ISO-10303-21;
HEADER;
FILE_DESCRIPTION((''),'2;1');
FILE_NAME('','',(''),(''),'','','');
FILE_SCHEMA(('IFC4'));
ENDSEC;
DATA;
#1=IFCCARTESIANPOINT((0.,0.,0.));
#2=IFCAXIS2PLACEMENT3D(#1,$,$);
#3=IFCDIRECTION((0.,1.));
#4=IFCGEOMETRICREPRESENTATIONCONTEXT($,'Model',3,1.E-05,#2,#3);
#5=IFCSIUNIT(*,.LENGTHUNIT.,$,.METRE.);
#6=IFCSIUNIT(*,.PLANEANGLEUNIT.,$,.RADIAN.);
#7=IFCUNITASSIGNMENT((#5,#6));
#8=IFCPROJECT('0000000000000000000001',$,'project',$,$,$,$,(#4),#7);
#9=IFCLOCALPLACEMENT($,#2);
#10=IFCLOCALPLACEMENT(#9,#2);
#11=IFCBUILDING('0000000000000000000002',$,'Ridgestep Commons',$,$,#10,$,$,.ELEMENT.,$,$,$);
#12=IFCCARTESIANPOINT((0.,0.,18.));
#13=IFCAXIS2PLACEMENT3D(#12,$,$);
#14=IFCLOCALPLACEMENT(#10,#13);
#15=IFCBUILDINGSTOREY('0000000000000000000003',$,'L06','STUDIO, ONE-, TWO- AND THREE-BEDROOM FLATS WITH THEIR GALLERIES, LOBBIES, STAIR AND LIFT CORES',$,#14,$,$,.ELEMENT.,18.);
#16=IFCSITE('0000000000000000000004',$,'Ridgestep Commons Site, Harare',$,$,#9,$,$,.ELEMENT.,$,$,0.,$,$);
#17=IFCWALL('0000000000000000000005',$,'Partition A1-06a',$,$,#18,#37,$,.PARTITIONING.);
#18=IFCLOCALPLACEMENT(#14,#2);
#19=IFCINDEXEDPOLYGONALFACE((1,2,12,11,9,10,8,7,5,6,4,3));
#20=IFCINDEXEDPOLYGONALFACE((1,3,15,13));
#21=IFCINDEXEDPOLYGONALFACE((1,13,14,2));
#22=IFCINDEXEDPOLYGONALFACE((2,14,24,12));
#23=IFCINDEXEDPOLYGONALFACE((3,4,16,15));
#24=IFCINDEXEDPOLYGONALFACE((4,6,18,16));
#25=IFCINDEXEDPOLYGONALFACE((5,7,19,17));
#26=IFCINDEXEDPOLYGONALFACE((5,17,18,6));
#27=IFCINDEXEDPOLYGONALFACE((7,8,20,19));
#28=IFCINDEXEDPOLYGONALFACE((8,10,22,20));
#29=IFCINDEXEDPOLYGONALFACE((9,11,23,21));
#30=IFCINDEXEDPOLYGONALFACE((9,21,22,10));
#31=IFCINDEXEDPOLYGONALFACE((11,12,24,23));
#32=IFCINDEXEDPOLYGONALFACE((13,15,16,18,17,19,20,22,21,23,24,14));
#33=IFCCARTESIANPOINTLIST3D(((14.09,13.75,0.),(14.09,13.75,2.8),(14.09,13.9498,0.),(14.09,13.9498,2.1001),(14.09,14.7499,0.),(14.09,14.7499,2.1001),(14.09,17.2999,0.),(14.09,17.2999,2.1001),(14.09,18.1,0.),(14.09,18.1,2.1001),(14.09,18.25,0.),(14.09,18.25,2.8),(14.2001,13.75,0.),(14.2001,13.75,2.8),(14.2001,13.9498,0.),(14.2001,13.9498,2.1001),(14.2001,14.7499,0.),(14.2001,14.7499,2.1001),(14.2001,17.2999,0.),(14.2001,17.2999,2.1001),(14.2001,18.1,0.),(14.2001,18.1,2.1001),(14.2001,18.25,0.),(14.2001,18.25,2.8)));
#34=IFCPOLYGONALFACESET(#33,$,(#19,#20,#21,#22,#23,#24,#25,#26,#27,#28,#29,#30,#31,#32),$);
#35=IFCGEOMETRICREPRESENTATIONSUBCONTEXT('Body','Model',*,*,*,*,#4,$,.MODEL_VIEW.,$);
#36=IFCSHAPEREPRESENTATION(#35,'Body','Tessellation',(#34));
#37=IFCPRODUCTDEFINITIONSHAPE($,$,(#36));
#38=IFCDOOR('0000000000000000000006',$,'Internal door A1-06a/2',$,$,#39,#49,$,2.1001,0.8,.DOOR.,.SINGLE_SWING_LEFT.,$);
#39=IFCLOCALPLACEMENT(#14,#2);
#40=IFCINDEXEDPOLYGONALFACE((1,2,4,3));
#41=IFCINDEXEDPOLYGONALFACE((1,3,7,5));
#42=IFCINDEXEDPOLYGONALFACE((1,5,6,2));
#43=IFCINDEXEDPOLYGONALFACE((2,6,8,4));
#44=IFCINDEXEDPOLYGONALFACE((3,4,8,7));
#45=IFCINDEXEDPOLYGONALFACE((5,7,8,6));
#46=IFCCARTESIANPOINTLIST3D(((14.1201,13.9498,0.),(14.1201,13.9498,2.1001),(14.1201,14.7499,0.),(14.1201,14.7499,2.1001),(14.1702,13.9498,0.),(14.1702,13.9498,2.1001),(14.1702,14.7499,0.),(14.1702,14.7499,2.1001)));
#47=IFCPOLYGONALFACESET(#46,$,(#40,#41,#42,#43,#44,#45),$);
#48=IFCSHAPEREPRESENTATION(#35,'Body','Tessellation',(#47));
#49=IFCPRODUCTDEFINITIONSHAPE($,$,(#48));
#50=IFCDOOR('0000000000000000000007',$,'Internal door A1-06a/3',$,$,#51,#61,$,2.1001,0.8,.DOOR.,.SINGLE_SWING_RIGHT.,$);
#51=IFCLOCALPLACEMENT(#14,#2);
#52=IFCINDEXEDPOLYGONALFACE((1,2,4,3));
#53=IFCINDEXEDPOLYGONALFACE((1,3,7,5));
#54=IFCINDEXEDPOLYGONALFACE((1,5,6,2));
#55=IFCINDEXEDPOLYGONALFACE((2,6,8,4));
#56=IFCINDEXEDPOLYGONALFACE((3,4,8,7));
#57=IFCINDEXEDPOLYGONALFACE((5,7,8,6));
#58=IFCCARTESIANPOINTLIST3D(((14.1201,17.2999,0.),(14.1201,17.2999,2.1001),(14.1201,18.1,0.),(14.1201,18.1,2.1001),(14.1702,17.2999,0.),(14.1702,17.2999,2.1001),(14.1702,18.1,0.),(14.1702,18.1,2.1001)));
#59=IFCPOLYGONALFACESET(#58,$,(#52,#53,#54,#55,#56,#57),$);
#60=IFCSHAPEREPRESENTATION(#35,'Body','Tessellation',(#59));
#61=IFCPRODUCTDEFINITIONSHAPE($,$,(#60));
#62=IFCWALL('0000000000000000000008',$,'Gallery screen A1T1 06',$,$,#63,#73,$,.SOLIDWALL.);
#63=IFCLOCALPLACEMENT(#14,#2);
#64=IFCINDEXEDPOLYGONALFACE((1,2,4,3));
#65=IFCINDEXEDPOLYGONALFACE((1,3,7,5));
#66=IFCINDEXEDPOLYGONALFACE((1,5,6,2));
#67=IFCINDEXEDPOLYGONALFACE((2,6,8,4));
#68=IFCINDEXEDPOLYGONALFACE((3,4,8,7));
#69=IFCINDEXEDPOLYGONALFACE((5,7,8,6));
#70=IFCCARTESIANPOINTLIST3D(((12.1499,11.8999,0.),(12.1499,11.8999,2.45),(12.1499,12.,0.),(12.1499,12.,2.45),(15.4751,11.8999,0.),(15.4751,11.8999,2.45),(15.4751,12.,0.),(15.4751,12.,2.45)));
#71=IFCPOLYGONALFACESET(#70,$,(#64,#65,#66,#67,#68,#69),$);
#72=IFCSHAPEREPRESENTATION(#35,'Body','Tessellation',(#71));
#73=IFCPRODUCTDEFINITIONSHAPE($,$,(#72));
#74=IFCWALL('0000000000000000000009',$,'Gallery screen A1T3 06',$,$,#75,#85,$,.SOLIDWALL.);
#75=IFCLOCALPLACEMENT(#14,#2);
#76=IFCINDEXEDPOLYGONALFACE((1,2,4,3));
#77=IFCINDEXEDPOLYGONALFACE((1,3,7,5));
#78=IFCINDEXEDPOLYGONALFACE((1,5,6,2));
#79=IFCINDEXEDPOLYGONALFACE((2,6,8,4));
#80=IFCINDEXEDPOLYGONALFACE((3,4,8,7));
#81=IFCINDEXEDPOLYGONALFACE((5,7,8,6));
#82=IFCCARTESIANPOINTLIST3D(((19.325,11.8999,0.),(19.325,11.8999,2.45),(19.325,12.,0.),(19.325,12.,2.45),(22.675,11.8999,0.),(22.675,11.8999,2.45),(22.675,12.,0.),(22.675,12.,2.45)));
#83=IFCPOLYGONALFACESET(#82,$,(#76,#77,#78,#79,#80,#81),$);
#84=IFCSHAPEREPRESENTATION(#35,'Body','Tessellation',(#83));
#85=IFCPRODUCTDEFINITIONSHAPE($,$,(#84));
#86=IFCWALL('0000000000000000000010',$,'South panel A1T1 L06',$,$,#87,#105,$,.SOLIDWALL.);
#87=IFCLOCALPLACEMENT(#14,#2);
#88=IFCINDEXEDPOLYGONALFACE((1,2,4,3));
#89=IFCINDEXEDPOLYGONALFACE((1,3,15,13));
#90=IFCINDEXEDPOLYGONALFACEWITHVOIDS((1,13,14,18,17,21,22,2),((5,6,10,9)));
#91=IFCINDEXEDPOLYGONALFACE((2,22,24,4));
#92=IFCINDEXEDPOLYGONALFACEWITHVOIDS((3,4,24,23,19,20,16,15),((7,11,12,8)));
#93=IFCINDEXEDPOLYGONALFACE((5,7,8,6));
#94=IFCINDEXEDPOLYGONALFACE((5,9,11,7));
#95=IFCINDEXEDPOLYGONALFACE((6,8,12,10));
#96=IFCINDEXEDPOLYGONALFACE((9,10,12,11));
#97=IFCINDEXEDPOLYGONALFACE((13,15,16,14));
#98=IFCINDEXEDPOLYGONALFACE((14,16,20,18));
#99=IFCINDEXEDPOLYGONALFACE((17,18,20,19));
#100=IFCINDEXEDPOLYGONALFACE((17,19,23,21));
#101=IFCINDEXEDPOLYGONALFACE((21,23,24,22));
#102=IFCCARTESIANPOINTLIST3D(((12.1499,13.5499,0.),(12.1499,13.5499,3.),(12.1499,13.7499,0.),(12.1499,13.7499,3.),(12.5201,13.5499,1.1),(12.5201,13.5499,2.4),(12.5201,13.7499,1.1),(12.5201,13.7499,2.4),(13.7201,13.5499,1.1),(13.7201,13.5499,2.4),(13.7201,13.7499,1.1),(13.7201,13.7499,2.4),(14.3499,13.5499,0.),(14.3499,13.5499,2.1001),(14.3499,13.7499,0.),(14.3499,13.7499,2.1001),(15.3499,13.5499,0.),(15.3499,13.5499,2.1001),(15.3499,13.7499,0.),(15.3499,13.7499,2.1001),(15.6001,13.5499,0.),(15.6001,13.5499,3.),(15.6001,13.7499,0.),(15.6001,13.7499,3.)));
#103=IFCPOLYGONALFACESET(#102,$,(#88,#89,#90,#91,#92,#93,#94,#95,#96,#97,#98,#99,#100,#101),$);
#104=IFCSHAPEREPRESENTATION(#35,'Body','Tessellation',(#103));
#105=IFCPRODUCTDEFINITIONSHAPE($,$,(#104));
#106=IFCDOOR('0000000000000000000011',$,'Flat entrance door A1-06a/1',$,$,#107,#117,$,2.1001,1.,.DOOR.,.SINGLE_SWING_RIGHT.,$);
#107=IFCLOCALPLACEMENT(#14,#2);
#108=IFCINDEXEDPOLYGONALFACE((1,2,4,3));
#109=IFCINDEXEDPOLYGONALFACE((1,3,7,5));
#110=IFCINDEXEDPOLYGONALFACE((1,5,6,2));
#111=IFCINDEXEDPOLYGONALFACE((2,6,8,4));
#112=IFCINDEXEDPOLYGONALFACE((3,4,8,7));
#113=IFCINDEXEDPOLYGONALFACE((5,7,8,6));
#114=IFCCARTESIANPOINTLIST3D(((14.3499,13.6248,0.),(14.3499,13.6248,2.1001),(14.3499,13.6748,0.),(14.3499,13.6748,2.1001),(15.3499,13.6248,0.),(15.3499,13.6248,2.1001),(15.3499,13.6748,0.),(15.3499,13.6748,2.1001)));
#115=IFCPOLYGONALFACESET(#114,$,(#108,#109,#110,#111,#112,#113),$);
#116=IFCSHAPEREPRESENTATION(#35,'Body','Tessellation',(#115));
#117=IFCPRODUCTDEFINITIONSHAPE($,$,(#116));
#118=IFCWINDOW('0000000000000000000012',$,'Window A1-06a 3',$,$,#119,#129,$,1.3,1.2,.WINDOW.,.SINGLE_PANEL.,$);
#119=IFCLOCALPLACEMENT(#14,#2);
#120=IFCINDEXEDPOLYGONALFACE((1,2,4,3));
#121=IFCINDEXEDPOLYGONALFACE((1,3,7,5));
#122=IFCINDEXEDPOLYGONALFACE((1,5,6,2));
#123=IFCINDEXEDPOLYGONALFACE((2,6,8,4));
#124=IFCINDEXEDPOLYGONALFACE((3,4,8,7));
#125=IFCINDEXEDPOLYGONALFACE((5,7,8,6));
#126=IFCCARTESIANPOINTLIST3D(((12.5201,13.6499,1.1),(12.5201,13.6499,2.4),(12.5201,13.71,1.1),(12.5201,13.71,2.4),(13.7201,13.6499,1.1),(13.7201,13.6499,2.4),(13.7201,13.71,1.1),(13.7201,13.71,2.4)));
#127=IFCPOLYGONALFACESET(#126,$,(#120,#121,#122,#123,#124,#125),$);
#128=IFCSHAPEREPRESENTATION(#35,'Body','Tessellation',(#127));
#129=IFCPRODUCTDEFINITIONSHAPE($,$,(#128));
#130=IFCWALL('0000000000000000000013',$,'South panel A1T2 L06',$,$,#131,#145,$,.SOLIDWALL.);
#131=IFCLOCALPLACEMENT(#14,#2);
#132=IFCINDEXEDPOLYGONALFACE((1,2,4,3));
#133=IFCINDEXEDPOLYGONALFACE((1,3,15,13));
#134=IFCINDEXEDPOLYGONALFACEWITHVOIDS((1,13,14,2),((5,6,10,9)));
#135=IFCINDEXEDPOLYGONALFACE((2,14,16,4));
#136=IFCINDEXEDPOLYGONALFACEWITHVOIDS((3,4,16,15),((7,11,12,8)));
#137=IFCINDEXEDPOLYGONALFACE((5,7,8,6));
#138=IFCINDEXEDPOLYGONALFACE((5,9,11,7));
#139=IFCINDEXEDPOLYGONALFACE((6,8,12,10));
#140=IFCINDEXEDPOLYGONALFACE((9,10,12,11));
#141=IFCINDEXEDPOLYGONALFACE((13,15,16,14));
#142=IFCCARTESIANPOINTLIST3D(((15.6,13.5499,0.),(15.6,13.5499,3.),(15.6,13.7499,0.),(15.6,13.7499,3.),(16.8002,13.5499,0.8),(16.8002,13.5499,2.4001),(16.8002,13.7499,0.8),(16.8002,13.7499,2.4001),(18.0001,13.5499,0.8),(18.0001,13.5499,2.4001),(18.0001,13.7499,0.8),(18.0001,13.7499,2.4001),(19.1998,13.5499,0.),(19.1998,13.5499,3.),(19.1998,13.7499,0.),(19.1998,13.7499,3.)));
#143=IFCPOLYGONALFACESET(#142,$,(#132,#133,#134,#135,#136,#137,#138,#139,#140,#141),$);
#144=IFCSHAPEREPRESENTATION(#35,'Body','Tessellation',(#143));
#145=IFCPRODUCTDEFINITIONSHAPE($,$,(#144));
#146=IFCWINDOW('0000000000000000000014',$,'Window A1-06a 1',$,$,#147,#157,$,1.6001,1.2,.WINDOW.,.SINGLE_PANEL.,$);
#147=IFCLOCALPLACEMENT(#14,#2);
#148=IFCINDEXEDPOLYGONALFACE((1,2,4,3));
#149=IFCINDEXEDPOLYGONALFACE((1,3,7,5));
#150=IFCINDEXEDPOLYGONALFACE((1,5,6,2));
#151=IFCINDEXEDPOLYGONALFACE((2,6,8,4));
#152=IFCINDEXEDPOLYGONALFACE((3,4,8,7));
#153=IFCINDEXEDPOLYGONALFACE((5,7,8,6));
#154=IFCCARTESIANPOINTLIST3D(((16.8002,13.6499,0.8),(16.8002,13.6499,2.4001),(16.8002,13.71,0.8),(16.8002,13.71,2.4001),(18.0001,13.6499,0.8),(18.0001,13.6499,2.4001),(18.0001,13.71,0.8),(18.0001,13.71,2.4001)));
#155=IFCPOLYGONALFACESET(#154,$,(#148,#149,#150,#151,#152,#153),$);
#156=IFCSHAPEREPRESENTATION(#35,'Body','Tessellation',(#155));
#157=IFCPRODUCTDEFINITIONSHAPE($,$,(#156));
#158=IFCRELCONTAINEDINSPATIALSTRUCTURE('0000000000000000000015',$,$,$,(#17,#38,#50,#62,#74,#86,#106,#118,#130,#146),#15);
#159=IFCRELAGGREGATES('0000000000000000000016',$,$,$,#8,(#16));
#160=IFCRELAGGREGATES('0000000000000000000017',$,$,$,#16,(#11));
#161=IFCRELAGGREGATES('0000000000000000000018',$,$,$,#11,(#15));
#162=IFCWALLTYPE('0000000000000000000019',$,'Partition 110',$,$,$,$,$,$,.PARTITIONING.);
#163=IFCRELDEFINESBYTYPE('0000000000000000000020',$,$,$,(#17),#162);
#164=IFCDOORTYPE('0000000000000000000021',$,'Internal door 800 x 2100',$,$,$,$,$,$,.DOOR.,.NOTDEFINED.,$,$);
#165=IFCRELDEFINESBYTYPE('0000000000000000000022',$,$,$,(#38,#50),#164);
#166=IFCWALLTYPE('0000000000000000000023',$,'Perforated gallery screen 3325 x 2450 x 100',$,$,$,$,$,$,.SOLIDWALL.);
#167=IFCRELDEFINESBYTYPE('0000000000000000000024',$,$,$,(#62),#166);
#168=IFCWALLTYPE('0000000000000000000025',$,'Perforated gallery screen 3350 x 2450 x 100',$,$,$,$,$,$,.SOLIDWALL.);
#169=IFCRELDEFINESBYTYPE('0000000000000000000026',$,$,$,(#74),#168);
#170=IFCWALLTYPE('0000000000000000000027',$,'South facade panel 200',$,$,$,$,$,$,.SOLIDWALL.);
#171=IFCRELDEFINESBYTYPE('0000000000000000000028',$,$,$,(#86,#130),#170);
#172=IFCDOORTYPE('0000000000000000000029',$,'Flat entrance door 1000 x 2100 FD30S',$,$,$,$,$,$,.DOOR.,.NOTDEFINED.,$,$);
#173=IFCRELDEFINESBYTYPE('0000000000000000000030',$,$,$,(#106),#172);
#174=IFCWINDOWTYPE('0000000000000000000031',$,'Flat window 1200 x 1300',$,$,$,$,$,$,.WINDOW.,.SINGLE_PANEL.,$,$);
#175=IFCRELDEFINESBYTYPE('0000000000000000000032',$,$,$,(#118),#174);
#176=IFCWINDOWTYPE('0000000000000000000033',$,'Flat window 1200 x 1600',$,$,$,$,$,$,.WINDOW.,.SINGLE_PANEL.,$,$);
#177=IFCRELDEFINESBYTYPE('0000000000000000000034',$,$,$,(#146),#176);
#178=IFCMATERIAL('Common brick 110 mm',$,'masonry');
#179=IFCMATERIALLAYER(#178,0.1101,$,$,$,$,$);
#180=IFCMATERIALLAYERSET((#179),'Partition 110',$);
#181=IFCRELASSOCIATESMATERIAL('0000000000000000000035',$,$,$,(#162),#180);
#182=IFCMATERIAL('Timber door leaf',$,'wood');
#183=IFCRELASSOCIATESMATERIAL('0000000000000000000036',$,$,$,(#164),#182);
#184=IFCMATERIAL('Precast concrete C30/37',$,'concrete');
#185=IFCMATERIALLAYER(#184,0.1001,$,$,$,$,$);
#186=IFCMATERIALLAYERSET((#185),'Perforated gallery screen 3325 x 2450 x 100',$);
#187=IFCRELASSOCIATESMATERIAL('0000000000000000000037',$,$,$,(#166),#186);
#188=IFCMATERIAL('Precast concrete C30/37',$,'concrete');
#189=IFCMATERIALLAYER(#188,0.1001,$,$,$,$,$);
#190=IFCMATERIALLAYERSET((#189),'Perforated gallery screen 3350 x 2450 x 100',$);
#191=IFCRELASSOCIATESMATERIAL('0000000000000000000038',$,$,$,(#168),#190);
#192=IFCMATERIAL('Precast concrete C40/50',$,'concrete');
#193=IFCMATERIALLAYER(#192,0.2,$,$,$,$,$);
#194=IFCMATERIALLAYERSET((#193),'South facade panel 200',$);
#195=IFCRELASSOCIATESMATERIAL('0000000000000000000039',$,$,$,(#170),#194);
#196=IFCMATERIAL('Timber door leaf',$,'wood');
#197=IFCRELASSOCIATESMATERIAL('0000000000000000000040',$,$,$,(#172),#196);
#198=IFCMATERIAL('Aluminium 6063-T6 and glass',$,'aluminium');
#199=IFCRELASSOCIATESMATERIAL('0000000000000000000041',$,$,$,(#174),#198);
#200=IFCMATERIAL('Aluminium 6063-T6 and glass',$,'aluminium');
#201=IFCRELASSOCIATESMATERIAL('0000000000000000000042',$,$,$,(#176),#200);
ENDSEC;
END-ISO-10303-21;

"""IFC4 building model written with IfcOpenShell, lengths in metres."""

from ifc_helpers import new_model, si_unit, direction, frame, frame_2d, origin, place, context, subcontext, project, spatial, rectangle, extrude, material, layer, layer_set, type_object, element, fill, save


model = new_model("IFC4")

# Units and contexts
model_context = context("Model", 3, precision=1e-05, world=origin(), true_north=direction((0.0, 1.0)))
body_context = subcontext(model_context, "Body", "Model", "MODEL_VIEW")
ifc_project = project(units=[si_unit("LENGTHUNIT", "METRE"), si_unit("PLANEANGLEUNIT", "RADIAN")], contexts=[model_context])

# Site, building, storey
site_placement = place(None, origin())
site = spatial("IfcSite", under=ifc_project, at=site_placement, Name="Ridgestep Commons Site, Harare", CompositionType="ELEMENT", RefElevation=0.0)
building_placement = place(site_placement, origin())
building = spatial("IfcBuilding", under=site, at=building_placement, Name="Ridgestep Commons", CompositionType="ELEMENT")
storey_placement = place(building_placement, frame((0.0, 0.0, 18.0)))
storey = spatial("IfcBuildingStorey", under=building, at=storey_placement, Name="L06", Description="STUDIO, ONE-, TWO- AND THREE-BEDROOM FLATS WITH THEIR GALLERIES, LOBBIES, STAIR AND LIFT CORES", CompositionType="ELEMENT", Elevation=18.0)

# Wall, openings, doors
ifc_material_1 = material(Name="Common brick 110 mm", Category="masonry")
ifc_layer_1 = layer(ifc_material_1, 0.1101)
ifc_layer_set_1 = layer_set([ifc_layer_1], Name="Partition 110")
wall_type_1 = type_object("IfcWallType", Name="Partition 110", PredefinedType="PARTITIONING", material=ifc_layer_set_1)
wall_1_placement = place(storey_placement, frame((14.145, 13.75, 0.0), z_axis=(0.0, 0.0, 1.0), x_axis=(0.0, 1.0, 0.0)))
wall_1 = element("IfcWall", 1, at=wall_1_placement, inside=storey, type_object=wall_type_1, Name="Partition A1-06a", PredefinedType="PARTITIONING", context=body_context, shape_type="SweptSolid", body=[
    extrude(rectangle(XDim=4.5, YDim=0.1101, at=frame_2d((2.25, 0.0))), origin(), (0.0, 0.0, 1.0), 2.8),
])
opening_1_placement = place(wall_1_placement, frame((0.2, 0.0, 0.0)))
opening_1 = element("IfcOpeningElement", 2, at=opening_1_placement, cuts=wall_1, PredefinedType="OPENING", context=body_context, shape_type="SweptSolid", body=[
    extrude(rectangle(XDim=0.8, YDim=2.1001, at=frame_2d((0.3999, 1.05))), frame((0.0, 0.0649, 0.0), z_axis=(0.0, -1.0, 0.0), x_axis=(1.0, 0.0, 0.0)), (0.0, 0.0, 1.0), 0.1301),
])
opening_2_placement = place(wall_1_placement, frame((3.55, 0.0, 0.0)))
opening_2 = element("IfcOpeningElement", 3, at=opening_2_placement, cuts=wall_1, PredefinedType="OPENING", context=body_context, shape_type="SweptSolid", body=[
    extrude(rectangle(XDim=0.8, YDim=2.1001, at=frame_2d((0.3999, 1.05))), frame((0.0, 0.0649, 0.0), z_axis=(0.0, -1.0, 0.0), x_axis=(1.0, 0.0, 0.0)), (0.0, 0.0, 1.0), 0.1301),
])
ifc_material_2 = material(Name="Timber door leaf", Category="wood")
door_type_1 = type_object("IfcDoorType", Name="Internal door 800 x 2100", OperationType="NOTDEFINED", PredefinedType="DOOR", material=ifc_material_2)
door_1_placement = place(opening_1_placement, origin())
door_1 = element("IfcDoor", 4, at=door_1_placement, inside=storey, type_object=door_type_1, Name="Internal door A1-06a/2", OperationType="SINGLE_SWING_LEFT", OverallHeight=2.1001, OverallWidth=0.8, PredefinedType="DOOR", context=body_context, shape_type="SweptSolid", body=[
    extrude(rectangle(XDim=0.8, YDim=2.1001, at=frame_2d((0.3999, 1.05))), frame((0.0, 0.0249, 0.0), z_axis=(0.0, -1.0, 0.0), x_axis=(1.0, 0.0, 0.0)), (0.0, 0.0, 1.0), 0.05),
])
fill(opening_1, door_1)
door_2_placement = place(opening_2_placement, origin())
door_2 = element("IfcDoor", 5, at=door_2_placement, inside=storey, type_object=door_type_1, Name="Internal door A1-06a/3", OperationType="SINGLE_SWING_RIGHT", OverallHeight=2.1001, OverallWidth=0.8, PredefinedType="DOOR", context=body_context, shape_type="SweptSolid", body=[
    extrude(rectangle(XDim=0.8, YDim=2.1001, at=frame_2d((0.3999, 1.05))), frame((0.0, 0.0249, 0.0), z_axis=(0.0, -1.0, 0.0), x_axis=(1.0, 0.0, 0.0)), (0.0, 0.0, 1.0), 0.05),
])
fill(opening_2, door_2)

# Walls
ifc_material_3 = material(Name="Precast concrete C30/37", Category="concrete")
ifc_layer_2 = layer(ifc_material_3, 0.1001)
ifc_layer_set_2 = layer_set([ifc_layer_2], Name="Perforated gallery screen 3325 x 2450 x 100")
wall_type_2 = type_object("IfcWallType", Name="Perforated gallery screen 3325 x 2450 x 100", PredefinedType="SOLIDWALL", material=ifc_layer_set_2)
wall_2_placement = place(storey_placement, frame((12.1499, 11.95, 0.0), z_axis=(0.0, 0.0, 1.0), x_axis=(1.0, 0.0, 0.0)))
element("IfcWall", 6, at=wall_2_placement, inside=storey, type_object=wall_type_2, Name="Gallery screen A1T1 06", PredefinedType="SOLIDWALL", context=body_context, shape_type="SweptSolid", body=[
    extrude(rectangle(XDim=3.3252, YDim=0.1001, at=frame_2d((1.6626, 0.0))), origin(), (0.0, 0.0, 1.0), 2.45),
])
ifc_material_4 = material(Name="Precast concrete C30/37", Category="concrete")
ifc_layer_3 = layer(ifc_material_4, 0.1001)
ifc_layer_set_3 = layer_set([ifc_layer_3], Name="Perforated gallery screen 3350 x 2450 x 100")
wall_type_3 = type_object("IfcWallType", Name="Perforated gallery screen 3350 x 2450 x 100", PredefinedType="SOLIDWALL", material=ifc_layer_set_3)
wall_3_placement = place(storey_placement, frame((19.325, 11.95, 0.0), z_axis=(0.0, 0.0, 1.0), x_axis=(1.0, 0.0, 0.0)))
element("IfcWall", 7, at=wall_3_placement, inside=storey, type_object=wall_type_3, Name="Gallery screen A1T3 06", PredefinedType="SOLIDWALL", context=body_context, shape_type="SweptSolid", body=[
    extrude(rectangle(XDim=3.3501, YDim=0.1001, at=frame_2d((1.675, 0.0))), origin(), (0.0, 0.0, 1.0), 2.45),
])

# Wall, openings, door, window
ifc_material_5 = material(Name="Precast concrete C40/50", Category="concrete")
ifc_layer_4 = layer(ifc_material_5, 0.2)
ifc_layer_set_4 = layer_set([ifc_layer_4], Name="South facade panel 200")
wall_type_4 = type_object("IfcWallType", Name="South facade panel 200", PredefinedType="SOLIDWALL", material=ifc_layer_set_4)
wall_4_placement = place(storey_placement, frame((12.1499, 13.6499, 0.0), z_axis=(0.0, 0.0, 1.0), x_axis=(1.0, 0.0, 0.0)))
wall_4 = element("IfcWall", 8, at=wall_4_placement, inside=storey, type_object=wall_type_4, Name="South panel A1T1 L06", PredefinedType="SOLIDWALL", context=body_context, shape_type="SweptSolid", body=[
    extrude(rectangle(XDim=3.4502, YDim=0.2, at=frame_2d((1.7251, 0.0))), origin(), (0.0, 0.0, 1.0), 3.0),
])
opening_3_placement = place(wall_4_placement, frame((0.3701, 0.0, 1.1001)))
opening_3 = element("IfcOpeningElement", 9, at=opening_3_placement, cuts=wall_4, PredefinedType="OPENING", context=body_context, shape_type="SweptSolid", body=[
    extrude(rectangle(XDim=1.2, YDim=1.3, at=frame_2d((0.6001, 0.6499))), frame((0.0, 0.1099, 0.0), z_axis=(0.0, -1.0, 0.0), x_axis=(1.0, 0.0, 0.0)), (0.0, 0.0, 1.0), 0.22),
])
opening_4_placement = place(wall_4_placement, frame((2.2, 0.0, 0.0)))
opening_4 = element("IfcOpeningElement", 10, at=opening_4_placement, cuts=wall_4, PredefinedType="OPENING", context=body_context, shape_type="SweptSolid", body=[
    extrude(rectangle(XDim=1.0, YDim=2.1001, at=frame_2d((0.5, 1.05))), frame((0.0, 0.1099, 0.0), z_axis=(0.0, -1.0, 0.0), x_axis=(1.0, 0.0, 0.0)), (0.0, 0.0, 1.0), 0.22),
])
ifc_material_6 = material(Name="Timber door leaf", Category="wood")
door_type_2 = type_object("IfcDoorType", Name="Flat entrance door 1000 x 2100 FD30S", OperationType="NOTDEFINED", PredefinedType="DOOR", material=ifc_material_6)
door_3_placement = place(opening_4_placement, origin())
door_3 = element("IfcDoor", 11, at=door_3_placement, inside=storey, type_object=door_type_2, Name="Flat entrance door A1-06a/1", OperationType="SINGLE_SWING_RIGHT", OverallHeight=2.1001, OverallWidth=1.0, PredefinedType="DOOR", context=body_context, shape_type="SweptSolid", body=[
    extrude(rectangle(XDim=1.0, YDim=2.1001, at=frame_2d((0.5, 1.05))), frame((0.0, 0.0249, 0.0), z_axis=(0.0, -1.0, 0.0), x_axis=(1.0, 0.0, 0.0)), (0.0, 0.0, 1.0), 0.05),
])
fill(opening_4, door_3)
ifc_material_7 = material(Name="Aluminium 6063-T6 and glass", Category="aluminium")
window_type_1 = type_object("IfcWindowType", Name="Flat window 1200 x 1300", PartitioningType="SINGLE_PANEL", PredefinedType="WINDOW", material=ifc_material_7)
window_1_placement = place(opening_3_placement, origin())
window_1 = element("IfcWindow", 12, at=window_1_placement, inside=storey, type_object=window_type_1, Name="Window A1-06a 3", OverallHeight=1.3, OverallWidth=1.2, PartitioningType="SINGLE_PANEL", PredefinedType="WINDOW", context=body_context, shape_type="SweptSolid", body=[
    extrude(rectangle(XDim=1.2, YDim=1.3, at=frame_2d((0.6001, 0.6499))), frame((0.0, 0.0601, 0.0), z_axis=(0.0, -1.0, 0.0), x_axis=(1.0, 0.0, 0.0)), (0.0, 0.0, 1.0), 0.0601),
])
fill(opening_3, window_1)

# Wall, opening, window
wall_5_placement = place(storey_placement, frame((15.6001, 13.6499, 0.0), z_axis=(0.0, 0.0, 1.0), x_axis=(1.0, 0.0, 0.0)))
wall_5 = element("IfcWall", 13, at=wall_5_placement, inside=storey, type_object=wall_type_4, Name="South panel A1T2 L06", PredefinedType="SOLIDWALL", context=body_context, shape_type="SweptSolid", body=[
    extrude(rectangle(XDim=3.5999, YDim=0.2, at=frame_2d((1.7998, 0.0))), origin(), (0.0, 0.0, 1.0), 3.0),
])
opening_5_placement = place(wall_5_placement, frame((1.2, 0.0, 0.8)))
opening_5 = element("IfcOpeningElement", 14, at=opening_5_placement, cuts=wall_5, PredefinedType="OPENING", context=body_context, shape_type="SweptSolid", body=[
    extrude(rectangle(XDim=1.2, YDim=1.6001, at=frame_2d((0.6001, 0.8))), frame((0.0, 0.1099, 0.0), z_axis=(0.0, -1.0, 0.0), x_axis=(1.0, 0.0, 0.0)), (0.0, 0.0, 1.0), 0.22),
])
ifc_material_8 = material(Name="Aluminium 6063-T6 and glass", Category="aluminium")
window_type_2 = type_object("IfcWindowType", Name="Flat window 1200 x 1600", PartitioningType="SINGLE_PANEL", PredefinedType="WINDOW", material=ifc_material_8)
window_2_placement = place(opening_5_placement, origin())
window_2 = element("IfcWindow", 15, at=window_2_placement, inside=storey, type_object=window_type_2, Name="Window A1-06a 1", OverallHeight=1.6001, OverallWidth=1.2, PartitioningType="SINGLE_PANEL", PredefinedType="WINDOW", context=body_context, shape_type="SweptSolid", body=[
    extrude(rectangle(XDim=1.2, YDim=1.6001, at=frame_2d((0.6001, 0.8))), frame((0.0, 0.0601, 0.0), z_axis=(0.0, -1.0, 0.0), x_axis=(1.0, 0.0, 0.0)), (0.0, 0.0, 1.0), 0.0601),
])
fill(opening_5, window_2)

save(model, "model.ifc")
